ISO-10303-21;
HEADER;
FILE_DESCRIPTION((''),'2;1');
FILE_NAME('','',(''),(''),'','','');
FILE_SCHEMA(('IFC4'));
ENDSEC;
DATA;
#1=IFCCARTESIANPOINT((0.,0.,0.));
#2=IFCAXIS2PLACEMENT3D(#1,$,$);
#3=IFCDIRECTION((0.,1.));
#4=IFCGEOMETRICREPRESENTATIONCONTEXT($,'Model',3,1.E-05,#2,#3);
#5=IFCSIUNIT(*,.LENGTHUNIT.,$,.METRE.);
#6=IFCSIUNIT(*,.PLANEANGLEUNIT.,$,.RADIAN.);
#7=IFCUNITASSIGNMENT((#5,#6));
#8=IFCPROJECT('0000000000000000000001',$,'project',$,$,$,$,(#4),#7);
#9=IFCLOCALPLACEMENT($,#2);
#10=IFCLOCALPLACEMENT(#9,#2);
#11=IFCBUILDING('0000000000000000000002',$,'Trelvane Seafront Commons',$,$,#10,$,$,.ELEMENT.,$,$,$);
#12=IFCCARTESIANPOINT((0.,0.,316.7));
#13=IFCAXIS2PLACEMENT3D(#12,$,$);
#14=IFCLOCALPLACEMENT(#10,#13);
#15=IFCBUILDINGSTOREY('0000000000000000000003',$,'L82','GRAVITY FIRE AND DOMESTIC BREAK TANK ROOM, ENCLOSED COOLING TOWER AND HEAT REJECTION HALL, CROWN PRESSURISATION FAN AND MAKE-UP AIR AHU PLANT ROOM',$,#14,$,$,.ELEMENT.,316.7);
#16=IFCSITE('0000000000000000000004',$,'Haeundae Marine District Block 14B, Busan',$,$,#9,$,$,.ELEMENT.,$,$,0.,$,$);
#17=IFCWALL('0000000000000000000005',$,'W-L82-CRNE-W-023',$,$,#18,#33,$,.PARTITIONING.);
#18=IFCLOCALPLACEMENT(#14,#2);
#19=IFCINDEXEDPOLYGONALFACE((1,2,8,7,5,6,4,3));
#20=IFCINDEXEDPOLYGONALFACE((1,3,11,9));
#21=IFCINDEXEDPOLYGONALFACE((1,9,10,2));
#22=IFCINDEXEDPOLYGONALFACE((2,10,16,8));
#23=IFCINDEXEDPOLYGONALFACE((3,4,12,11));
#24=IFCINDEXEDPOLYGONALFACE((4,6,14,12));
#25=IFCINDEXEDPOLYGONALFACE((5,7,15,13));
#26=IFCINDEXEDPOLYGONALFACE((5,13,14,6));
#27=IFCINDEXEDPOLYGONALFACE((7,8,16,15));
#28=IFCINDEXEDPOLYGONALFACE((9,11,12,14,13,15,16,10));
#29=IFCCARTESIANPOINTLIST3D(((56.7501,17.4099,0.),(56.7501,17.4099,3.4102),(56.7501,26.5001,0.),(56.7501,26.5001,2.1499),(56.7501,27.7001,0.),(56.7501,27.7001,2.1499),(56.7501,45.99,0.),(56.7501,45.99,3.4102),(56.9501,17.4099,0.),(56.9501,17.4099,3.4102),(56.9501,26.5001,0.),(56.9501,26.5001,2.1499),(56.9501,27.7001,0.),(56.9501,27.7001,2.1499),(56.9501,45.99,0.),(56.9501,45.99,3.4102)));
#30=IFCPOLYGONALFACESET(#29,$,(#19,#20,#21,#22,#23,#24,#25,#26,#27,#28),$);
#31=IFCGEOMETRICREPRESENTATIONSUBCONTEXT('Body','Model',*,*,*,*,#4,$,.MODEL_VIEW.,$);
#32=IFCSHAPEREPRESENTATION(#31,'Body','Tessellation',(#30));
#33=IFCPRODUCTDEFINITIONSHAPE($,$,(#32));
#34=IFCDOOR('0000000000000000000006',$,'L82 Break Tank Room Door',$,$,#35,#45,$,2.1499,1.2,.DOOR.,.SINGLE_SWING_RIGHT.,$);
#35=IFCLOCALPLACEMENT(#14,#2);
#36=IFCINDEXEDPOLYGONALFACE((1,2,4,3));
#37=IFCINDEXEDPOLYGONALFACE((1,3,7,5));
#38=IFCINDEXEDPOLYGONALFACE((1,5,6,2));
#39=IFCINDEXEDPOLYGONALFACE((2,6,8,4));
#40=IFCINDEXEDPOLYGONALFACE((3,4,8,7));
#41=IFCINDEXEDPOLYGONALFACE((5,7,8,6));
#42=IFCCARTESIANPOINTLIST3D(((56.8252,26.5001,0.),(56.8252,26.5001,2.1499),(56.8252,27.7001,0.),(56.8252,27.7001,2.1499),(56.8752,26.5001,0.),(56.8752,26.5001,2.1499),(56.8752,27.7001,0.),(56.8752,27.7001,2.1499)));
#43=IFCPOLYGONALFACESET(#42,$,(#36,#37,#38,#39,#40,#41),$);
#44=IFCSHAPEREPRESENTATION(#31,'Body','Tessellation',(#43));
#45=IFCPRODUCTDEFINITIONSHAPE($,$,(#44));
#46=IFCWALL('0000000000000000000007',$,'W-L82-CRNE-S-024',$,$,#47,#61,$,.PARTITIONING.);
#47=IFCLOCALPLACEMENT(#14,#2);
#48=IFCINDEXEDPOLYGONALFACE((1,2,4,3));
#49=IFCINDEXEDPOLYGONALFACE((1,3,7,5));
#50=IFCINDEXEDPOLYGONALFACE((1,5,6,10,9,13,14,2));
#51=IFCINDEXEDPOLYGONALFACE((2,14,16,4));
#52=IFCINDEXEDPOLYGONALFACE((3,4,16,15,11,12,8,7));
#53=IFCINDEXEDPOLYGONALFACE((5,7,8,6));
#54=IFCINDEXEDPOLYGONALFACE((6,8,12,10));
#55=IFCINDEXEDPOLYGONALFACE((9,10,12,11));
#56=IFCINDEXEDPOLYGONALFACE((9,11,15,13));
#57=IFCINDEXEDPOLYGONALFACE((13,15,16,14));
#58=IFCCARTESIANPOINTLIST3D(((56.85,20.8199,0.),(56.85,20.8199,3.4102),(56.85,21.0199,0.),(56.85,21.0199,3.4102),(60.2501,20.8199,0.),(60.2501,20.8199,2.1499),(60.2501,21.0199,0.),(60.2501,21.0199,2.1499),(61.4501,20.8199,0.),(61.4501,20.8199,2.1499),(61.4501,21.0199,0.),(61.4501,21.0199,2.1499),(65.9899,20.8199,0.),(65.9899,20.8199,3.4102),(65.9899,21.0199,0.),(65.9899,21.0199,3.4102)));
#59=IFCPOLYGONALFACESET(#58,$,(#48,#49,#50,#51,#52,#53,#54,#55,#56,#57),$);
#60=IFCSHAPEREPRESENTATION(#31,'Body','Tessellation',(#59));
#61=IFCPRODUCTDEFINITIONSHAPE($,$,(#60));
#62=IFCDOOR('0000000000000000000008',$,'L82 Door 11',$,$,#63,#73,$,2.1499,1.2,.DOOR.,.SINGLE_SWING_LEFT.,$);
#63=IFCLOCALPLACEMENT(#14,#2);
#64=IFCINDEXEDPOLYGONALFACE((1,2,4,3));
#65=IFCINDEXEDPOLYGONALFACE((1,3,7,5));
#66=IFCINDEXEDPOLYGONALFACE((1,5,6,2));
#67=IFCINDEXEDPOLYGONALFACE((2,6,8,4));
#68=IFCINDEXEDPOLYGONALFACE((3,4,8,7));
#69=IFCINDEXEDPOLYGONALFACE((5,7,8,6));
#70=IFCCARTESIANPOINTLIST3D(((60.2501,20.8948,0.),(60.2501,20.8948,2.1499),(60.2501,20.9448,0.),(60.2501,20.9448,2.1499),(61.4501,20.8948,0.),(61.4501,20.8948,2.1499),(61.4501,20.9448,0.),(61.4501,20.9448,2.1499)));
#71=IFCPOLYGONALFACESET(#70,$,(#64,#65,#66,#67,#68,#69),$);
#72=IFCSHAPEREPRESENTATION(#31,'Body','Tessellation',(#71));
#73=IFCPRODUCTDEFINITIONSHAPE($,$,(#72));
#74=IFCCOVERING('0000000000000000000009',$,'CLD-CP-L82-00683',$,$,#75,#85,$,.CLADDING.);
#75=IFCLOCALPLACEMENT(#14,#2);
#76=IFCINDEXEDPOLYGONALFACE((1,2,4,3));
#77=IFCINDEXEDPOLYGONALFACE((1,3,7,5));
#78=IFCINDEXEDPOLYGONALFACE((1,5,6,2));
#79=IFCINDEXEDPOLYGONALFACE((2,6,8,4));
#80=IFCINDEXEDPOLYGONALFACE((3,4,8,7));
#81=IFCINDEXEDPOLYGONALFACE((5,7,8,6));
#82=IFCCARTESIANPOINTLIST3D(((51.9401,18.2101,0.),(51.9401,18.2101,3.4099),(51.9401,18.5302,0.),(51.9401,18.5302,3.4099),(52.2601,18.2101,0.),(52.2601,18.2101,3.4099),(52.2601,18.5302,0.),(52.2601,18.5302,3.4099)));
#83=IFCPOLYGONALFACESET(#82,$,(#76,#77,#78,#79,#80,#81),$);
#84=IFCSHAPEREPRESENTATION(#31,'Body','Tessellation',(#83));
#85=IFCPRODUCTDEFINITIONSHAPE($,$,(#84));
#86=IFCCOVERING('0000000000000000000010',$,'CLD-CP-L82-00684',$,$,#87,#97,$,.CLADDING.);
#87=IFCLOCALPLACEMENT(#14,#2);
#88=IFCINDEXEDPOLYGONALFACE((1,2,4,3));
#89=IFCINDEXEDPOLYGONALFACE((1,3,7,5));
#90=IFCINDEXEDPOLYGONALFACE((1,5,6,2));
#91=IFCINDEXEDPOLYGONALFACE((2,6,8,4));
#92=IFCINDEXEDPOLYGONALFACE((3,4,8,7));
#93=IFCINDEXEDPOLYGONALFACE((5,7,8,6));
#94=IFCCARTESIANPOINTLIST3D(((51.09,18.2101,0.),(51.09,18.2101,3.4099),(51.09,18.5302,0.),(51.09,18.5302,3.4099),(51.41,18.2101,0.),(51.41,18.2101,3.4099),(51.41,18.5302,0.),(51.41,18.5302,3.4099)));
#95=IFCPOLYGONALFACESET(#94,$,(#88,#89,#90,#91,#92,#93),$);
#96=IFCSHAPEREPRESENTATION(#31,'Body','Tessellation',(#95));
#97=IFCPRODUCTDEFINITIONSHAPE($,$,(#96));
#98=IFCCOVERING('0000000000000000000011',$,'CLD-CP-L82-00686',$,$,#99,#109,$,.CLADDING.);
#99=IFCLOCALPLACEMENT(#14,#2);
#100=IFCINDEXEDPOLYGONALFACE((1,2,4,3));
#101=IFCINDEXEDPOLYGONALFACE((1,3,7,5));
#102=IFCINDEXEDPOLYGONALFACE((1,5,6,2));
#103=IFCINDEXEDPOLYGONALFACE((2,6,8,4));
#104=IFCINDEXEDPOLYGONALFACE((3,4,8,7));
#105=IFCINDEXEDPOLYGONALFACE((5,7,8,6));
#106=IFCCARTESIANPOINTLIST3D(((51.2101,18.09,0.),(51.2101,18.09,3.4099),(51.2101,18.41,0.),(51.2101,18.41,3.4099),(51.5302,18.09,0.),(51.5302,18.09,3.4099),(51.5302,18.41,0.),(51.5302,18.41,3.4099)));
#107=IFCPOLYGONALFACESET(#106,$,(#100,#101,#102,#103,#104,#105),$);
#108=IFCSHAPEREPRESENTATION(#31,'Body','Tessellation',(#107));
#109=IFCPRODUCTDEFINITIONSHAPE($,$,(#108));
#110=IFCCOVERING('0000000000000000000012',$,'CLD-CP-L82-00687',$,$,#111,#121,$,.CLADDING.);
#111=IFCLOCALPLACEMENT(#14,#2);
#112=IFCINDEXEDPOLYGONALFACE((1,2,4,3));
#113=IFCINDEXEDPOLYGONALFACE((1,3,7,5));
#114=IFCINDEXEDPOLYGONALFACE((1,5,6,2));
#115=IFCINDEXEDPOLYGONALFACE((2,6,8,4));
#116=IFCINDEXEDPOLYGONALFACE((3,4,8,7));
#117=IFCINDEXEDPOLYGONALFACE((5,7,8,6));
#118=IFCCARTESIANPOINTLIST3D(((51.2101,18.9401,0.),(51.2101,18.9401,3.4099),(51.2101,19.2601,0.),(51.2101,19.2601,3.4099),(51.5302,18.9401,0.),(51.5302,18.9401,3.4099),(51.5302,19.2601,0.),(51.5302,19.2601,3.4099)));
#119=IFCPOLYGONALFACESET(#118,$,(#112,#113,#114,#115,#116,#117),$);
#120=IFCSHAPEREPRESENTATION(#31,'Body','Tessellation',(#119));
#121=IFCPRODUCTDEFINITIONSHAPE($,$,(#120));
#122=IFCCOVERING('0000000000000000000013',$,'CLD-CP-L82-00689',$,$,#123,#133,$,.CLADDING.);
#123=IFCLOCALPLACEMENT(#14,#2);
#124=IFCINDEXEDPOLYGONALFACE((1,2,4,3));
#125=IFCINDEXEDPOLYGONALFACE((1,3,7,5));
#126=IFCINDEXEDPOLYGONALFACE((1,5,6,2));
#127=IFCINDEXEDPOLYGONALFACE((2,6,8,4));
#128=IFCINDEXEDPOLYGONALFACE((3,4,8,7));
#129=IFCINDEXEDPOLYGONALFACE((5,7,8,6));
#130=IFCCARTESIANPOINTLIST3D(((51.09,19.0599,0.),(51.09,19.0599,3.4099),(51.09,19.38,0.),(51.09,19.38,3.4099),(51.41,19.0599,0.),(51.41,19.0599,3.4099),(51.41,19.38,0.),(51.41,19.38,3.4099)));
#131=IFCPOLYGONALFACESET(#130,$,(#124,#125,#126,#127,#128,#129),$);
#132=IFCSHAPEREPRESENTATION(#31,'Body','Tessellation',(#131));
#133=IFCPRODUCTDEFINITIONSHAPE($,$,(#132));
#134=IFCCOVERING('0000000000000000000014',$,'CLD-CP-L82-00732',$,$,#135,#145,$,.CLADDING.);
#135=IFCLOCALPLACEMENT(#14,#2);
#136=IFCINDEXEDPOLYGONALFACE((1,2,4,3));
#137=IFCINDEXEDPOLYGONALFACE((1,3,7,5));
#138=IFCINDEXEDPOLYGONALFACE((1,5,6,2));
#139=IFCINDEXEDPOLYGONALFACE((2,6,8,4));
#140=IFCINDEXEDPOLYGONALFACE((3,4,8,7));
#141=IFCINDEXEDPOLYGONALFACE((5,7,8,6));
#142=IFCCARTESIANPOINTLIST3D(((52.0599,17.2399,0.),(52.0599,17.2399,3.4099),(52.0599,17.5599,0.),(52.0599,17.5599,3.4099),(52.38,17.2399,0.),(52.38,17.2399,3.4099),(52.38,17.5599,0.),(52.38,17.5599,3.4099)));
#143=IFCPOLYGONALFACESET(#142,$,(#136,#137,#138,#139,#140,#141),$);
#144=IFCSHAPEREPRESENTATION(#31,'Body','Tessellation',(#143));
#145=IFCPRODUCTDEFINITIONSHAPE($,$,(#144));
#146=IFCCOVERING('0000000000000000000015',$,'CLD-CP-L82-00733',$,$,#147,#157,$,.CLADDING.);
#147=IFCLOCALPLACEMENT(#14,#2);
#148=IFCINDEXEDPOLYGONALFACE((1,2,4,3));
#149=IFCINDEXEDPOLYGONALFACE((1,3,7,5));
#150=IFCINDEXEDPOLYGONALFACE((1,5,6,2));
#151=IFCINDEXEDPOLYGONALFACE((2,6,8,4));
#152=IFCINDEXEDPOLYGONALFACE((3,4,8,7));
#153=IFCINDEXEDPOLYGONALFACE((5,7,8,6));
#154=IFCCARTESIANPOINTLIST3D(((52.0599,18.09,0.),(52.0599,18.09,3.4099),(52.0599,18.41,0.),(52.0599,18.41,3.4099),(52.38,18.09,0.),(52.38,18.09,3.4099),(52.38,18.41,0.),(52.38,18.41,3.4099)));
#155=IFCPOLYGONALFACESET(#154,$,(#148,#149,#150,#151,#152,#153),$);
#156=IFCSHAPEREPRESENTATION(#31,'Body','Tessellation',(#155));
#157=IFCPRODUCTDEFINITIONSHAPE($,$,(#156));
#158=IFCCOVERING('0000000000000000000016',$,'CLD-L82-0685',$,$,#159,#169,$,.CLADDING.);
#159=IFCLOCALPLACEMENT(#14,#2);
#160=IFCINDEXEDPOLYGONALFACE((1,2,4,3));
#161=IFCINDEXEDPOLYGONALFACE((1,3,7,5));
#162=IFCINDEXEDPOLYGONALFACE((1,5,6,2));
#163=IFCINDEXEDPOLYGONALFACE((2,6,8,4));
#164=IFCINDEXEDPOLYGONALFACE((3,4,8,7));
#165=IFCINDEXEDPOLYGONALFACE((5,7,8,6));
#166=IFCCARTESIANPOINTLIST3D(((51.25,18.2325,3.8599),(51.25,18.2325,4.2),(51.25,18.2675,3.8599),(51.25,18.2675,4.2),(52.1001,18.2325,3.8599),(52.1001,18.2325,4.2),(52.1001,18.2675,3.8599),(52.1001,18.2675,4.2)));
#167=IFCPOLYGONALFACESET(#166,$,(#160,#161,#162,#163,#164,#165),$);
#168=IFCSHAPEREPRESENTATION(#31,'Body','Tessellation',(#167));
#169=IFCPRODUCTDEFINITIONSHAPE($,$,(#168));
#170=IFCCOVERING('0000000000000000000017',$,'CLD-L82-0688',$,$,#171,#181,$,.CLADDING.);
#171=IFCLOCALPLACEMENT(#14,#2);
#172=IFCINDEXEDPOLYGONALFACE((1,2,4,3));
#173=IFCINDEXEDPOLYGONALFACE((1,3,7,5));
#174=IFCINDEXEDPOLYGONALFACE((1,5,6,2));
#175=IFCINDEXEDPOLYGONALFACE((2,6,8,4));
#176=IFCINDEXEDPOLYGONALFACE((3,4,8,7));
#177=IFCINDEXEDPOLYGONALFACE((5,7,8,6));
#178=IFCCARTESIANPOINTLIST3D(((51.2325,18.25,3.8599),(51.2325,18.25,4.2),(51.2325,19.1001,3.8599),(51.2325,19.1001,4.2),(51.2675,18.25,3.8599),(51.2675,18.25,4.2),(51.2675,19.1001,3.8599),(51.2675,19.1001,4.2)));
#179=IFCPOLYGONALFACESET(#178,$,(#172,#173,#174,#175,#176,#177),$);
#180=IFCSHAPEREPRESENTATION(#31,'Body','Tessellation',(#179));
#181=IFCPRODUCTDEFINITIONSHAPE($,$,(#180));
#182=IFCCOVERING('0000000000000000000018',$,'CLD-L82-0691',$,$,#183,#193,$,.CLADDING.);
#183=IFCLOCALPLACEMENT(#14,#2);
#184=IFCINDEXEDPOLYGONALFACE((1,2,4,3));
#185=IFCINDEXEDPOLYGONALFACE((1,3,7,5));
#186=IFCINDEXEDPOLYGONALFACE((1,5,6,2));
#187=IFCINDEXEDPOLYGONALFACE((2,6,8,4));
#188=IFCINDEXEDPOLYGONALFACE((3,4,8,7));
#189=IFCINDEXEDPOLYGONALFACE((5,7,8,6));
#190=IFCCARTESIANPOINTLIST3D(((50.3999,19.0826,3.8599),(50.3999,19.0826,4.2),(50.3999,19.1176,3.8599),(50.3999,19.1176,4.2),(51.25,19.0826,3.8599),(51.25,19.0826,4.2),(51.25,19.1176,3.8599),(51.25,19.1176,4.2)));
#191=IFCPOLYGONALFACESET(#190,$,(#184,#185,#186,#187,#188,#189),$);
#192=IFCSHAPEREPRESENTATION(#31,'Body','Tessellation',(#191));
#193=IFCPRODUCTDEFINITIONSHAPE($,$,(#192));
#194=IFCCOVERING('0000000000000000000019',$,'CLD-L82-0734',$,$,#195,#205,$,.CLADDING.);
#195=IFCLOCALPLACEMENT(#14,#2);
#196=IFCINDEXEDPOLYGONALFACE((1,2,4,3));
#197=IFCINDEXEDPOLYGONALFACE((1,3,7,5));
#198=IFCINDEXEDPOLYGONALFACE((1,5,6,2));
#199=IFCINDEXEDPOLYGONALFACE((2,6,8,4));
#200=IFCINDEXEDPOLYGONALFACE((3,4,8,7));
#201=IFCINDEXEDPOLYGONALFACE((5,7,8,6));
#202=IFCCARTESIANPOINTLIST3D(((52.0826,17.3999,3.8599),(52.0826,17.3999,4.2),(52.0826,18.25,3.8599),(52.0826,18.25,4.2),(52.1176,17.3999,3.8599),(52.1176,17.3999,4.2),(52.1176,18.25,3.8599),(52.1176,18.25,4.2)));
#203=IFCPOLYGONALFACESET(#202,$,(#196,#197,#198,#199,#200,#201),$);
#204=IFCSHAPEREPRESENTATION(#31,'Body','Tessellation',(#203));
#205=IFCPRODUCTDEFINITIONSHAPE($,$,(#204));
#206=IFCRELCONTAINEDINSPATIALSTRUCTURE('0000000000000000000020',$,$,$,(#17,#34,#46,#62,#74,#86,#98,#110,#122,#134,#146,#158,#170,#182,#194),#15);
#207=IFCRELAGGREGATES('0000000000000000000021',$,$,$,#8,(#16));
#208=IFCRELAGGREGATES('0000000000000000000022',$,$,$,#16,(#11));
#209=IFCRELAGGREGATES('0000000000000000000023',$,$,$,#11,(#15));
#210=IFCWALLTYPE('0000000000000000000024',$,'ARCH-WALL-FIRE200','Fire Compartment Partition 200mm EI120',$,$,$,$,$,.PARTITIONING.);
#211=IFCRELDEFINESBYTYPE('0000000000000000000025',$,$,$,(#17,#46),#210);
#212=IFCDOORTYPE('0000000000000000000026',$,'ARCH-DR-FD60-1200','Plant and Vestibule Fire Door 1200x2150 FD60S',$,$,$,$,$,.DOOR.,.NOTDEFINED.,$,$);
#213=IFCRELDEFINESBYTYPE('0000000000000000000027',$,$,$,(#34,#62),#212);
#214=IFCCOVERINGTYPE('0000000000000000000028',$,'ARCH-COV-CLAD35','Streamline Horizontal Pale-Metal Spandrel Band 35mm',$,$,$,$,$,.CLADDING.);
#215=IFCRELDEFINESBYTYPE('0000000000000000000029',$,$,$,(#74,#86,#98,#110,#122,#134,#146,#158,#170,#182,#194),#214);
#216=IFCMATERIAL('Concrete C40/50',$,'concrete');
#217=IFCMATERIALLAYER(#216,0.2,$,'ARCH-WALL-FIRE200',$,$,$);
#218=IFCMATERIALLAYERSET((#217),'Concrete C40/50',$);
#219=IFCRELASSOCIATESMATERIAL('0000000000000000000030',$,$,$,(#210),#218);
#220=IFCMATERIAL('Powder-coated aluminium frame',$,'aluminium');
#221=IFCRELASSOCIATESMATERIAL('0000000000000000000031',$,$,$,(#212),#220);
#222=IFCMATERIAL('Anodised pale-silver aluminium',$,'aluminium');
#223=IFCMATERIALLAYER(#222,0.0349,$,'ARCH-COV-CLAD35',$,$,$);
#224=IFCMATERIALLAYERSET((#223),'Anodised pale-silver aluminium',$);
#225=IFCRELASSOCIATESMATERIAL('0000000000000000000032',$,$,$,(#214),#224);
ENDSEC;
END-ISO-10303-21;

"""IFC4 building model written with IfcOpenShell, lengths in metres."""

from ifc_helpers import new_model, si_unit, direction, frame, frame_2d, origin, origin_2d, place, context, subcontext, project, spatial, rectangle, extrude, source, transform, mapped, material, layer, layer_set, type_object, element, fill, save


model = new_model("IFC4")

# Units and contexts
model_context = context("Model", 3, precision=1e-05, world=origin(), true_north=direction((0.0, 1.0)))
body_context = subcontext(model_context, "Body", "Model", "MODEL_VIEW")
ifc_project = project(units=[si_unit("LENGTHUNIT", "METRE"), si_unit("PLANEANGLEUNIT", "RADIAN")], contexts=[model_context])

# Site, building, storey
site_placement = place(None, origin())
site = spatial("IfcSite", under=ifc_project, at=site_placement, Name="Haeundae Marine District Block 14B, Busan", CompositionType="ELEMENT", RefElevation=0.0)
building_placement = place(site_placement, origin())
building = spatial("IfcBuilding", under=site, at=building_placement, Name="Trelvane Seafront Commons", CompositionType="ELEMENT")
storey_placement = place(building_placement, frame((0.0, 0.0, 316.7)))
storey = spatial("IfcBuildingStorey", under=building, at=storey_placement, Name="L82", Description="GRAVITY FIRE AND DOMESTIC BREAK TANK ROOM, ENCLOSED COOLING TOWER AND HEAT REJECTION HALL, CROWN PRESSURISATION FAN AND MAKE-UP AIR AHU PLANT ROOM", CompositionType="ELEMENT", Elevation=316.7)

# Shared definitions
ifc_material_1 = material(Name="Anodised pale-silver aluminium", Category="aluminium")

# Walls, openings, doors
ifc_material_2 = material(Name="Concrete C40/50", Category="concrete")
ifc_layer_1 = layer(ifc_material_2, 0.2, Name="ARCH-WALL-FIRE200")
ifc_layer_set_1 = layer_set([ifc_layer_1], Name="Concrete C40/50")
wall_type_1 = type_object("IfcWallType", Name="ARCH-WALL-FIRE200", Description="Fire Compartment Partition 200mm EI120", PredefinedType="PARTITIONING", material=ifc_layer_set_1)
wall_1_placement = place(storey_placement, frame((56.8501, 17.4099, 0.0), z_axis=(0.0, 0.0, 1.0), x_axis=(0.0, 1.0, 0.0)))
wall_1 = element("IfcWall", 1, at=wall_1_placement, inside=storey, type_object=wall_type_1, Name="W-L82-CRNE-W-023", PredefinedType="PARTITIONING", context=body_context, shape_type="SweptSolid", body=[
    extrude(rectangle(XDim=28.5801, YDim=0.2, at=frame_2d((14.29, 0.0))), origin(), (0.0, 0.0, 1.0), 3.4102),
])
opening_1_placement = place(wall_1_placement, frame((9.0901, 0.0, 0.0)))
opening_1 = element("IfcOpeningElement", 2, at=opening_1_placement, cuts=wall_1, PredefinedType="OPENING", context=body_context, shape_type="SweptSolid", body=[
    extrude(rectangle(XDim=1.2, YDim=2.1499, at=frame_2d((0.6001, 1.075))), frame((0.0, 0.1099, 0.0), z_axis=(0.0, -1.0, 0.0), x_axis=(1.0, 0.0, 0.0)), (0.0, 0.0, 1.0), 0.22),
])
ifc_material_3 = material(Name="Powder-coated aluminium frame", Category="aluminium")
door_type = type_object("IfcDoorType", Name="ARCH-DR-FD60-1200", Description="Plant and Vestibule Fire Door 1200x2150 FD60S", OperationType="NOTDEFINED", PredefinedType="DOOR", material=ifc_material_3)
shared_shape_1 = source(origin(), body_context, "Body", "SweptSolid", [
    extrude(rectangle(XDim=1.2, YDim=2.1499, at=frame_2d((0.6001, 1.075))), frame((0.0, 0.0249, 0.0), z_axis=(0.0, -1.0, 0.0), x_axis=(1.0, 0.0, 0.0)), (0.0, 0.0, 1.0), 0.05),
])
door_1_placement = place(opening_1_placement, origin())
door_1 = element("IfcDoor", 3, at=door_1_placement, inside=storey, type_object=door_type, Name="L82 Break Tank Room Door", OperationType="SINGLE_SWING_RIGHT", OverallHeight=2.1499, OverallWidth=1.2, PredefinedType="DOOR", context=body_context, shape_type="MappedRepresentation", body=[
    mapped(shared_shape_1, transform((0.0, 0.0, 0.0), x_axis=(1.0, 0.0, 0.0), y_axis=(0.0, 1.0, 0.0), z_axis=(0.0, 0.0, 1.0), scale=1.0)),
])
fill(opening_1, door_1)
wall_2_placement = place(storey_placement, frame((56.8501, 20.9199, 0.0), z_axis=(0.0, 0.0, 1.0), x_axis=(1.0, 0.0, 0.0)))
wall_2 = element("IfcWall", 4, at=wall_2_placement, inside=storey, type_object=wall_type_1, Name="W-L82-CRNE-S-024", PredefinedType="PARTITIONING", context=body_context, shape_type="SweptSolid", body=[
    extrude(rectangle(XDim=9.1399, YDim=0.2, at=frame_2d((4.5698, 0.0))), origin(), (0.0, 0.0, 1.0), 3.4102),
])
opening_2_placement = place(wall_2_placement, frame((3.3999, 0.0, 0.0)))
opening_2 = element("IfcOpeningElement", 5, at=opening_2_placement, cuts=wall_2, PredefinedType="OPENING", context=body_context, shape_type="SweptSolid", body=[
    extrude(rectangle(XDim=1.2, YDim=2.1499, at=frame_2d((0.6001, 1.075))), frame((0.0, 0.1099, 0.0), z_axis=(0.0, -1.0, 0.0), x_axis=(1.0, 0.0, 0.0)), (0.0, 0.0, 1.0), 0.22),
])
door_2_placement = place(opening_2_placement, origin())
door_2 = element("IfcDoor", 6, at=door_2_placement, inside=storey, type_object=door_type, Name="L82 Door 11", OperationType="SINGLE_SWING_LEFT", OverallHeight=2.1499, OverallWidth=1.2, PredefinedType="DOOR", context=body_context, shape_type="MappedRepresentation", body=[
    mapped(shared_shape_1, transform((0.0, 0.0, 0.0), x_axis=(1.0, 0.0, 0.0), y_axis=(0.0, 1.0, 0.0), z_axis=(0.0, 0.0, 1.0), scale=1.0)),
])
fill(opening_2, door_2)

# Coverings
ifc_layer_2 = layer(ifc_material_1, 0.0349, Name="ARCH-COV-CLAD35")
ifc_layer_set_2 = layer_set([ifc_layer_2], Name="Anodised pale-silver aluminium")
covering_type = type_object("IfcCoveringType", Name="ARCH-COV-CLAD35", Description="Streamline Horizontal Pale-Metal Spandrel Band 35mm", PredefinedType="CLADDING", material=ifc_layer_set_2)
shared_shape_2 = source(origin(), body_context, "Body", "SweptSolid", [
    extrude(rectangle(XDim=0.3201, YDim=0.3201, at=origin_2d()), origin(), (0.0, 0.0, 1.0), 3.4099),
])
for number, where, z_axis, x_axis, name in (
    (7, (52.1001, 18.3701, 0.0), (0.0, 0.0, 1.0), (1.0, 0.0, 0.0), "CLD-CP-L82-00683"),
    (8, (51.25, 18.3701, 0.0), (0.0, 0.0, 1.0), (1.0, 0.0, 0.0), "CLD-CP-L82-00684"),
    (9, (51.3701, 18.25, 0.0), (0.0, 0.0, 1.0), (1.0, 0.0, 0.0), "CLD-CP-L82-00686"),
    (10, (51.3701, 19.1001, 0.0), (0.0, 0.0, 1.0), (1.0, 0.0, 0.0), "CLD-CP-L82-00687"),
    (11, (51.25, 19.22, 0.0), (0.0, 0.0, 1.0), (1.0, 0.0, 0.0), "CLD-CP-L82-00689"),
    (12, (52.22, 17.3999, 0.0), (0.0, 0.0, 1.0), (1.0, 0.0, 0.0), "CLD-CP-L82-00732"),
    (13, (52.22, 18.25, 0.0), (0.0, 0.0, 1.0), (1.0, 0.0, 0.0), "CLD-CP-L82-00733"),
):
    element("IfcCovering", number, at=place(storey_placement, frame(where, z_axis=z_axis, x_axis=x_axis)), inside=storey, type_object=covering_type, Name=name, PredefinedType="CLADDING", context=body_context, shape_type="MappedRepresentation", body=[
        mapped(shared_shape_2, transform((0.0, 0.0, 0.0), x_axis=(1.0, 0.0, 0.0), y_axis=(0.0, 1.0, 0.0), z_axis=(0.0, 0.0, 1.0), scale=1.0)),
    ])
shared_shape_3 = source(origin(), body_context, "Body", "SweptSolid", [
    extrude(rectangle(XDim=0.8501, YDim=0.0349, at=origin_2d()), origin(), (0.0, 0.0, 1.0), 0.3401),
])
for number, where, z_axis, x_axis, name in (
    (14, (51.675, 18.25, 3.8599), (0.0, 0.0, 1.0), (-1.0, 0.0, 0.0), "CLD-L82-0685"),
    (15, (51.25, 18.675, 3.8599), (0.0, 0.0, 1.0), (0.0, 1.0, 0.0), "CLD-L82-0688"),
    (16, (50.825, 19.1001, 3.8599), (0.0, 0.0, 1.0), (-1.0, 0.0, 0.0), "CLD-L82-0691"),
    (17, (52.1001, 17.825, 3.8599), (0.0, 0.0, 1.0), (0.0, 1.0, 0.0), "CLD-L82-0734"),
):
    element("IfcCovering", number, at=place(storey_placement, frame(where, z_axis=z_axis, x_axis=x_axis)), inside=storey, type_object=covering_type, Name=name, PredefinedType="CLADDING", context=body_context, shape_type="MappedRepresentation", body=[
        mapped(shared_shape_3, transform((0.0, 0.0, 0.0), x_axis=(1.0, 0.0, 0.0), y_axis=(0.0, 1.0, 0.0), z_axis=(0.0, 0.0, 1.0), scale=1.0)),
    ])

save(model, "model.ifc")
